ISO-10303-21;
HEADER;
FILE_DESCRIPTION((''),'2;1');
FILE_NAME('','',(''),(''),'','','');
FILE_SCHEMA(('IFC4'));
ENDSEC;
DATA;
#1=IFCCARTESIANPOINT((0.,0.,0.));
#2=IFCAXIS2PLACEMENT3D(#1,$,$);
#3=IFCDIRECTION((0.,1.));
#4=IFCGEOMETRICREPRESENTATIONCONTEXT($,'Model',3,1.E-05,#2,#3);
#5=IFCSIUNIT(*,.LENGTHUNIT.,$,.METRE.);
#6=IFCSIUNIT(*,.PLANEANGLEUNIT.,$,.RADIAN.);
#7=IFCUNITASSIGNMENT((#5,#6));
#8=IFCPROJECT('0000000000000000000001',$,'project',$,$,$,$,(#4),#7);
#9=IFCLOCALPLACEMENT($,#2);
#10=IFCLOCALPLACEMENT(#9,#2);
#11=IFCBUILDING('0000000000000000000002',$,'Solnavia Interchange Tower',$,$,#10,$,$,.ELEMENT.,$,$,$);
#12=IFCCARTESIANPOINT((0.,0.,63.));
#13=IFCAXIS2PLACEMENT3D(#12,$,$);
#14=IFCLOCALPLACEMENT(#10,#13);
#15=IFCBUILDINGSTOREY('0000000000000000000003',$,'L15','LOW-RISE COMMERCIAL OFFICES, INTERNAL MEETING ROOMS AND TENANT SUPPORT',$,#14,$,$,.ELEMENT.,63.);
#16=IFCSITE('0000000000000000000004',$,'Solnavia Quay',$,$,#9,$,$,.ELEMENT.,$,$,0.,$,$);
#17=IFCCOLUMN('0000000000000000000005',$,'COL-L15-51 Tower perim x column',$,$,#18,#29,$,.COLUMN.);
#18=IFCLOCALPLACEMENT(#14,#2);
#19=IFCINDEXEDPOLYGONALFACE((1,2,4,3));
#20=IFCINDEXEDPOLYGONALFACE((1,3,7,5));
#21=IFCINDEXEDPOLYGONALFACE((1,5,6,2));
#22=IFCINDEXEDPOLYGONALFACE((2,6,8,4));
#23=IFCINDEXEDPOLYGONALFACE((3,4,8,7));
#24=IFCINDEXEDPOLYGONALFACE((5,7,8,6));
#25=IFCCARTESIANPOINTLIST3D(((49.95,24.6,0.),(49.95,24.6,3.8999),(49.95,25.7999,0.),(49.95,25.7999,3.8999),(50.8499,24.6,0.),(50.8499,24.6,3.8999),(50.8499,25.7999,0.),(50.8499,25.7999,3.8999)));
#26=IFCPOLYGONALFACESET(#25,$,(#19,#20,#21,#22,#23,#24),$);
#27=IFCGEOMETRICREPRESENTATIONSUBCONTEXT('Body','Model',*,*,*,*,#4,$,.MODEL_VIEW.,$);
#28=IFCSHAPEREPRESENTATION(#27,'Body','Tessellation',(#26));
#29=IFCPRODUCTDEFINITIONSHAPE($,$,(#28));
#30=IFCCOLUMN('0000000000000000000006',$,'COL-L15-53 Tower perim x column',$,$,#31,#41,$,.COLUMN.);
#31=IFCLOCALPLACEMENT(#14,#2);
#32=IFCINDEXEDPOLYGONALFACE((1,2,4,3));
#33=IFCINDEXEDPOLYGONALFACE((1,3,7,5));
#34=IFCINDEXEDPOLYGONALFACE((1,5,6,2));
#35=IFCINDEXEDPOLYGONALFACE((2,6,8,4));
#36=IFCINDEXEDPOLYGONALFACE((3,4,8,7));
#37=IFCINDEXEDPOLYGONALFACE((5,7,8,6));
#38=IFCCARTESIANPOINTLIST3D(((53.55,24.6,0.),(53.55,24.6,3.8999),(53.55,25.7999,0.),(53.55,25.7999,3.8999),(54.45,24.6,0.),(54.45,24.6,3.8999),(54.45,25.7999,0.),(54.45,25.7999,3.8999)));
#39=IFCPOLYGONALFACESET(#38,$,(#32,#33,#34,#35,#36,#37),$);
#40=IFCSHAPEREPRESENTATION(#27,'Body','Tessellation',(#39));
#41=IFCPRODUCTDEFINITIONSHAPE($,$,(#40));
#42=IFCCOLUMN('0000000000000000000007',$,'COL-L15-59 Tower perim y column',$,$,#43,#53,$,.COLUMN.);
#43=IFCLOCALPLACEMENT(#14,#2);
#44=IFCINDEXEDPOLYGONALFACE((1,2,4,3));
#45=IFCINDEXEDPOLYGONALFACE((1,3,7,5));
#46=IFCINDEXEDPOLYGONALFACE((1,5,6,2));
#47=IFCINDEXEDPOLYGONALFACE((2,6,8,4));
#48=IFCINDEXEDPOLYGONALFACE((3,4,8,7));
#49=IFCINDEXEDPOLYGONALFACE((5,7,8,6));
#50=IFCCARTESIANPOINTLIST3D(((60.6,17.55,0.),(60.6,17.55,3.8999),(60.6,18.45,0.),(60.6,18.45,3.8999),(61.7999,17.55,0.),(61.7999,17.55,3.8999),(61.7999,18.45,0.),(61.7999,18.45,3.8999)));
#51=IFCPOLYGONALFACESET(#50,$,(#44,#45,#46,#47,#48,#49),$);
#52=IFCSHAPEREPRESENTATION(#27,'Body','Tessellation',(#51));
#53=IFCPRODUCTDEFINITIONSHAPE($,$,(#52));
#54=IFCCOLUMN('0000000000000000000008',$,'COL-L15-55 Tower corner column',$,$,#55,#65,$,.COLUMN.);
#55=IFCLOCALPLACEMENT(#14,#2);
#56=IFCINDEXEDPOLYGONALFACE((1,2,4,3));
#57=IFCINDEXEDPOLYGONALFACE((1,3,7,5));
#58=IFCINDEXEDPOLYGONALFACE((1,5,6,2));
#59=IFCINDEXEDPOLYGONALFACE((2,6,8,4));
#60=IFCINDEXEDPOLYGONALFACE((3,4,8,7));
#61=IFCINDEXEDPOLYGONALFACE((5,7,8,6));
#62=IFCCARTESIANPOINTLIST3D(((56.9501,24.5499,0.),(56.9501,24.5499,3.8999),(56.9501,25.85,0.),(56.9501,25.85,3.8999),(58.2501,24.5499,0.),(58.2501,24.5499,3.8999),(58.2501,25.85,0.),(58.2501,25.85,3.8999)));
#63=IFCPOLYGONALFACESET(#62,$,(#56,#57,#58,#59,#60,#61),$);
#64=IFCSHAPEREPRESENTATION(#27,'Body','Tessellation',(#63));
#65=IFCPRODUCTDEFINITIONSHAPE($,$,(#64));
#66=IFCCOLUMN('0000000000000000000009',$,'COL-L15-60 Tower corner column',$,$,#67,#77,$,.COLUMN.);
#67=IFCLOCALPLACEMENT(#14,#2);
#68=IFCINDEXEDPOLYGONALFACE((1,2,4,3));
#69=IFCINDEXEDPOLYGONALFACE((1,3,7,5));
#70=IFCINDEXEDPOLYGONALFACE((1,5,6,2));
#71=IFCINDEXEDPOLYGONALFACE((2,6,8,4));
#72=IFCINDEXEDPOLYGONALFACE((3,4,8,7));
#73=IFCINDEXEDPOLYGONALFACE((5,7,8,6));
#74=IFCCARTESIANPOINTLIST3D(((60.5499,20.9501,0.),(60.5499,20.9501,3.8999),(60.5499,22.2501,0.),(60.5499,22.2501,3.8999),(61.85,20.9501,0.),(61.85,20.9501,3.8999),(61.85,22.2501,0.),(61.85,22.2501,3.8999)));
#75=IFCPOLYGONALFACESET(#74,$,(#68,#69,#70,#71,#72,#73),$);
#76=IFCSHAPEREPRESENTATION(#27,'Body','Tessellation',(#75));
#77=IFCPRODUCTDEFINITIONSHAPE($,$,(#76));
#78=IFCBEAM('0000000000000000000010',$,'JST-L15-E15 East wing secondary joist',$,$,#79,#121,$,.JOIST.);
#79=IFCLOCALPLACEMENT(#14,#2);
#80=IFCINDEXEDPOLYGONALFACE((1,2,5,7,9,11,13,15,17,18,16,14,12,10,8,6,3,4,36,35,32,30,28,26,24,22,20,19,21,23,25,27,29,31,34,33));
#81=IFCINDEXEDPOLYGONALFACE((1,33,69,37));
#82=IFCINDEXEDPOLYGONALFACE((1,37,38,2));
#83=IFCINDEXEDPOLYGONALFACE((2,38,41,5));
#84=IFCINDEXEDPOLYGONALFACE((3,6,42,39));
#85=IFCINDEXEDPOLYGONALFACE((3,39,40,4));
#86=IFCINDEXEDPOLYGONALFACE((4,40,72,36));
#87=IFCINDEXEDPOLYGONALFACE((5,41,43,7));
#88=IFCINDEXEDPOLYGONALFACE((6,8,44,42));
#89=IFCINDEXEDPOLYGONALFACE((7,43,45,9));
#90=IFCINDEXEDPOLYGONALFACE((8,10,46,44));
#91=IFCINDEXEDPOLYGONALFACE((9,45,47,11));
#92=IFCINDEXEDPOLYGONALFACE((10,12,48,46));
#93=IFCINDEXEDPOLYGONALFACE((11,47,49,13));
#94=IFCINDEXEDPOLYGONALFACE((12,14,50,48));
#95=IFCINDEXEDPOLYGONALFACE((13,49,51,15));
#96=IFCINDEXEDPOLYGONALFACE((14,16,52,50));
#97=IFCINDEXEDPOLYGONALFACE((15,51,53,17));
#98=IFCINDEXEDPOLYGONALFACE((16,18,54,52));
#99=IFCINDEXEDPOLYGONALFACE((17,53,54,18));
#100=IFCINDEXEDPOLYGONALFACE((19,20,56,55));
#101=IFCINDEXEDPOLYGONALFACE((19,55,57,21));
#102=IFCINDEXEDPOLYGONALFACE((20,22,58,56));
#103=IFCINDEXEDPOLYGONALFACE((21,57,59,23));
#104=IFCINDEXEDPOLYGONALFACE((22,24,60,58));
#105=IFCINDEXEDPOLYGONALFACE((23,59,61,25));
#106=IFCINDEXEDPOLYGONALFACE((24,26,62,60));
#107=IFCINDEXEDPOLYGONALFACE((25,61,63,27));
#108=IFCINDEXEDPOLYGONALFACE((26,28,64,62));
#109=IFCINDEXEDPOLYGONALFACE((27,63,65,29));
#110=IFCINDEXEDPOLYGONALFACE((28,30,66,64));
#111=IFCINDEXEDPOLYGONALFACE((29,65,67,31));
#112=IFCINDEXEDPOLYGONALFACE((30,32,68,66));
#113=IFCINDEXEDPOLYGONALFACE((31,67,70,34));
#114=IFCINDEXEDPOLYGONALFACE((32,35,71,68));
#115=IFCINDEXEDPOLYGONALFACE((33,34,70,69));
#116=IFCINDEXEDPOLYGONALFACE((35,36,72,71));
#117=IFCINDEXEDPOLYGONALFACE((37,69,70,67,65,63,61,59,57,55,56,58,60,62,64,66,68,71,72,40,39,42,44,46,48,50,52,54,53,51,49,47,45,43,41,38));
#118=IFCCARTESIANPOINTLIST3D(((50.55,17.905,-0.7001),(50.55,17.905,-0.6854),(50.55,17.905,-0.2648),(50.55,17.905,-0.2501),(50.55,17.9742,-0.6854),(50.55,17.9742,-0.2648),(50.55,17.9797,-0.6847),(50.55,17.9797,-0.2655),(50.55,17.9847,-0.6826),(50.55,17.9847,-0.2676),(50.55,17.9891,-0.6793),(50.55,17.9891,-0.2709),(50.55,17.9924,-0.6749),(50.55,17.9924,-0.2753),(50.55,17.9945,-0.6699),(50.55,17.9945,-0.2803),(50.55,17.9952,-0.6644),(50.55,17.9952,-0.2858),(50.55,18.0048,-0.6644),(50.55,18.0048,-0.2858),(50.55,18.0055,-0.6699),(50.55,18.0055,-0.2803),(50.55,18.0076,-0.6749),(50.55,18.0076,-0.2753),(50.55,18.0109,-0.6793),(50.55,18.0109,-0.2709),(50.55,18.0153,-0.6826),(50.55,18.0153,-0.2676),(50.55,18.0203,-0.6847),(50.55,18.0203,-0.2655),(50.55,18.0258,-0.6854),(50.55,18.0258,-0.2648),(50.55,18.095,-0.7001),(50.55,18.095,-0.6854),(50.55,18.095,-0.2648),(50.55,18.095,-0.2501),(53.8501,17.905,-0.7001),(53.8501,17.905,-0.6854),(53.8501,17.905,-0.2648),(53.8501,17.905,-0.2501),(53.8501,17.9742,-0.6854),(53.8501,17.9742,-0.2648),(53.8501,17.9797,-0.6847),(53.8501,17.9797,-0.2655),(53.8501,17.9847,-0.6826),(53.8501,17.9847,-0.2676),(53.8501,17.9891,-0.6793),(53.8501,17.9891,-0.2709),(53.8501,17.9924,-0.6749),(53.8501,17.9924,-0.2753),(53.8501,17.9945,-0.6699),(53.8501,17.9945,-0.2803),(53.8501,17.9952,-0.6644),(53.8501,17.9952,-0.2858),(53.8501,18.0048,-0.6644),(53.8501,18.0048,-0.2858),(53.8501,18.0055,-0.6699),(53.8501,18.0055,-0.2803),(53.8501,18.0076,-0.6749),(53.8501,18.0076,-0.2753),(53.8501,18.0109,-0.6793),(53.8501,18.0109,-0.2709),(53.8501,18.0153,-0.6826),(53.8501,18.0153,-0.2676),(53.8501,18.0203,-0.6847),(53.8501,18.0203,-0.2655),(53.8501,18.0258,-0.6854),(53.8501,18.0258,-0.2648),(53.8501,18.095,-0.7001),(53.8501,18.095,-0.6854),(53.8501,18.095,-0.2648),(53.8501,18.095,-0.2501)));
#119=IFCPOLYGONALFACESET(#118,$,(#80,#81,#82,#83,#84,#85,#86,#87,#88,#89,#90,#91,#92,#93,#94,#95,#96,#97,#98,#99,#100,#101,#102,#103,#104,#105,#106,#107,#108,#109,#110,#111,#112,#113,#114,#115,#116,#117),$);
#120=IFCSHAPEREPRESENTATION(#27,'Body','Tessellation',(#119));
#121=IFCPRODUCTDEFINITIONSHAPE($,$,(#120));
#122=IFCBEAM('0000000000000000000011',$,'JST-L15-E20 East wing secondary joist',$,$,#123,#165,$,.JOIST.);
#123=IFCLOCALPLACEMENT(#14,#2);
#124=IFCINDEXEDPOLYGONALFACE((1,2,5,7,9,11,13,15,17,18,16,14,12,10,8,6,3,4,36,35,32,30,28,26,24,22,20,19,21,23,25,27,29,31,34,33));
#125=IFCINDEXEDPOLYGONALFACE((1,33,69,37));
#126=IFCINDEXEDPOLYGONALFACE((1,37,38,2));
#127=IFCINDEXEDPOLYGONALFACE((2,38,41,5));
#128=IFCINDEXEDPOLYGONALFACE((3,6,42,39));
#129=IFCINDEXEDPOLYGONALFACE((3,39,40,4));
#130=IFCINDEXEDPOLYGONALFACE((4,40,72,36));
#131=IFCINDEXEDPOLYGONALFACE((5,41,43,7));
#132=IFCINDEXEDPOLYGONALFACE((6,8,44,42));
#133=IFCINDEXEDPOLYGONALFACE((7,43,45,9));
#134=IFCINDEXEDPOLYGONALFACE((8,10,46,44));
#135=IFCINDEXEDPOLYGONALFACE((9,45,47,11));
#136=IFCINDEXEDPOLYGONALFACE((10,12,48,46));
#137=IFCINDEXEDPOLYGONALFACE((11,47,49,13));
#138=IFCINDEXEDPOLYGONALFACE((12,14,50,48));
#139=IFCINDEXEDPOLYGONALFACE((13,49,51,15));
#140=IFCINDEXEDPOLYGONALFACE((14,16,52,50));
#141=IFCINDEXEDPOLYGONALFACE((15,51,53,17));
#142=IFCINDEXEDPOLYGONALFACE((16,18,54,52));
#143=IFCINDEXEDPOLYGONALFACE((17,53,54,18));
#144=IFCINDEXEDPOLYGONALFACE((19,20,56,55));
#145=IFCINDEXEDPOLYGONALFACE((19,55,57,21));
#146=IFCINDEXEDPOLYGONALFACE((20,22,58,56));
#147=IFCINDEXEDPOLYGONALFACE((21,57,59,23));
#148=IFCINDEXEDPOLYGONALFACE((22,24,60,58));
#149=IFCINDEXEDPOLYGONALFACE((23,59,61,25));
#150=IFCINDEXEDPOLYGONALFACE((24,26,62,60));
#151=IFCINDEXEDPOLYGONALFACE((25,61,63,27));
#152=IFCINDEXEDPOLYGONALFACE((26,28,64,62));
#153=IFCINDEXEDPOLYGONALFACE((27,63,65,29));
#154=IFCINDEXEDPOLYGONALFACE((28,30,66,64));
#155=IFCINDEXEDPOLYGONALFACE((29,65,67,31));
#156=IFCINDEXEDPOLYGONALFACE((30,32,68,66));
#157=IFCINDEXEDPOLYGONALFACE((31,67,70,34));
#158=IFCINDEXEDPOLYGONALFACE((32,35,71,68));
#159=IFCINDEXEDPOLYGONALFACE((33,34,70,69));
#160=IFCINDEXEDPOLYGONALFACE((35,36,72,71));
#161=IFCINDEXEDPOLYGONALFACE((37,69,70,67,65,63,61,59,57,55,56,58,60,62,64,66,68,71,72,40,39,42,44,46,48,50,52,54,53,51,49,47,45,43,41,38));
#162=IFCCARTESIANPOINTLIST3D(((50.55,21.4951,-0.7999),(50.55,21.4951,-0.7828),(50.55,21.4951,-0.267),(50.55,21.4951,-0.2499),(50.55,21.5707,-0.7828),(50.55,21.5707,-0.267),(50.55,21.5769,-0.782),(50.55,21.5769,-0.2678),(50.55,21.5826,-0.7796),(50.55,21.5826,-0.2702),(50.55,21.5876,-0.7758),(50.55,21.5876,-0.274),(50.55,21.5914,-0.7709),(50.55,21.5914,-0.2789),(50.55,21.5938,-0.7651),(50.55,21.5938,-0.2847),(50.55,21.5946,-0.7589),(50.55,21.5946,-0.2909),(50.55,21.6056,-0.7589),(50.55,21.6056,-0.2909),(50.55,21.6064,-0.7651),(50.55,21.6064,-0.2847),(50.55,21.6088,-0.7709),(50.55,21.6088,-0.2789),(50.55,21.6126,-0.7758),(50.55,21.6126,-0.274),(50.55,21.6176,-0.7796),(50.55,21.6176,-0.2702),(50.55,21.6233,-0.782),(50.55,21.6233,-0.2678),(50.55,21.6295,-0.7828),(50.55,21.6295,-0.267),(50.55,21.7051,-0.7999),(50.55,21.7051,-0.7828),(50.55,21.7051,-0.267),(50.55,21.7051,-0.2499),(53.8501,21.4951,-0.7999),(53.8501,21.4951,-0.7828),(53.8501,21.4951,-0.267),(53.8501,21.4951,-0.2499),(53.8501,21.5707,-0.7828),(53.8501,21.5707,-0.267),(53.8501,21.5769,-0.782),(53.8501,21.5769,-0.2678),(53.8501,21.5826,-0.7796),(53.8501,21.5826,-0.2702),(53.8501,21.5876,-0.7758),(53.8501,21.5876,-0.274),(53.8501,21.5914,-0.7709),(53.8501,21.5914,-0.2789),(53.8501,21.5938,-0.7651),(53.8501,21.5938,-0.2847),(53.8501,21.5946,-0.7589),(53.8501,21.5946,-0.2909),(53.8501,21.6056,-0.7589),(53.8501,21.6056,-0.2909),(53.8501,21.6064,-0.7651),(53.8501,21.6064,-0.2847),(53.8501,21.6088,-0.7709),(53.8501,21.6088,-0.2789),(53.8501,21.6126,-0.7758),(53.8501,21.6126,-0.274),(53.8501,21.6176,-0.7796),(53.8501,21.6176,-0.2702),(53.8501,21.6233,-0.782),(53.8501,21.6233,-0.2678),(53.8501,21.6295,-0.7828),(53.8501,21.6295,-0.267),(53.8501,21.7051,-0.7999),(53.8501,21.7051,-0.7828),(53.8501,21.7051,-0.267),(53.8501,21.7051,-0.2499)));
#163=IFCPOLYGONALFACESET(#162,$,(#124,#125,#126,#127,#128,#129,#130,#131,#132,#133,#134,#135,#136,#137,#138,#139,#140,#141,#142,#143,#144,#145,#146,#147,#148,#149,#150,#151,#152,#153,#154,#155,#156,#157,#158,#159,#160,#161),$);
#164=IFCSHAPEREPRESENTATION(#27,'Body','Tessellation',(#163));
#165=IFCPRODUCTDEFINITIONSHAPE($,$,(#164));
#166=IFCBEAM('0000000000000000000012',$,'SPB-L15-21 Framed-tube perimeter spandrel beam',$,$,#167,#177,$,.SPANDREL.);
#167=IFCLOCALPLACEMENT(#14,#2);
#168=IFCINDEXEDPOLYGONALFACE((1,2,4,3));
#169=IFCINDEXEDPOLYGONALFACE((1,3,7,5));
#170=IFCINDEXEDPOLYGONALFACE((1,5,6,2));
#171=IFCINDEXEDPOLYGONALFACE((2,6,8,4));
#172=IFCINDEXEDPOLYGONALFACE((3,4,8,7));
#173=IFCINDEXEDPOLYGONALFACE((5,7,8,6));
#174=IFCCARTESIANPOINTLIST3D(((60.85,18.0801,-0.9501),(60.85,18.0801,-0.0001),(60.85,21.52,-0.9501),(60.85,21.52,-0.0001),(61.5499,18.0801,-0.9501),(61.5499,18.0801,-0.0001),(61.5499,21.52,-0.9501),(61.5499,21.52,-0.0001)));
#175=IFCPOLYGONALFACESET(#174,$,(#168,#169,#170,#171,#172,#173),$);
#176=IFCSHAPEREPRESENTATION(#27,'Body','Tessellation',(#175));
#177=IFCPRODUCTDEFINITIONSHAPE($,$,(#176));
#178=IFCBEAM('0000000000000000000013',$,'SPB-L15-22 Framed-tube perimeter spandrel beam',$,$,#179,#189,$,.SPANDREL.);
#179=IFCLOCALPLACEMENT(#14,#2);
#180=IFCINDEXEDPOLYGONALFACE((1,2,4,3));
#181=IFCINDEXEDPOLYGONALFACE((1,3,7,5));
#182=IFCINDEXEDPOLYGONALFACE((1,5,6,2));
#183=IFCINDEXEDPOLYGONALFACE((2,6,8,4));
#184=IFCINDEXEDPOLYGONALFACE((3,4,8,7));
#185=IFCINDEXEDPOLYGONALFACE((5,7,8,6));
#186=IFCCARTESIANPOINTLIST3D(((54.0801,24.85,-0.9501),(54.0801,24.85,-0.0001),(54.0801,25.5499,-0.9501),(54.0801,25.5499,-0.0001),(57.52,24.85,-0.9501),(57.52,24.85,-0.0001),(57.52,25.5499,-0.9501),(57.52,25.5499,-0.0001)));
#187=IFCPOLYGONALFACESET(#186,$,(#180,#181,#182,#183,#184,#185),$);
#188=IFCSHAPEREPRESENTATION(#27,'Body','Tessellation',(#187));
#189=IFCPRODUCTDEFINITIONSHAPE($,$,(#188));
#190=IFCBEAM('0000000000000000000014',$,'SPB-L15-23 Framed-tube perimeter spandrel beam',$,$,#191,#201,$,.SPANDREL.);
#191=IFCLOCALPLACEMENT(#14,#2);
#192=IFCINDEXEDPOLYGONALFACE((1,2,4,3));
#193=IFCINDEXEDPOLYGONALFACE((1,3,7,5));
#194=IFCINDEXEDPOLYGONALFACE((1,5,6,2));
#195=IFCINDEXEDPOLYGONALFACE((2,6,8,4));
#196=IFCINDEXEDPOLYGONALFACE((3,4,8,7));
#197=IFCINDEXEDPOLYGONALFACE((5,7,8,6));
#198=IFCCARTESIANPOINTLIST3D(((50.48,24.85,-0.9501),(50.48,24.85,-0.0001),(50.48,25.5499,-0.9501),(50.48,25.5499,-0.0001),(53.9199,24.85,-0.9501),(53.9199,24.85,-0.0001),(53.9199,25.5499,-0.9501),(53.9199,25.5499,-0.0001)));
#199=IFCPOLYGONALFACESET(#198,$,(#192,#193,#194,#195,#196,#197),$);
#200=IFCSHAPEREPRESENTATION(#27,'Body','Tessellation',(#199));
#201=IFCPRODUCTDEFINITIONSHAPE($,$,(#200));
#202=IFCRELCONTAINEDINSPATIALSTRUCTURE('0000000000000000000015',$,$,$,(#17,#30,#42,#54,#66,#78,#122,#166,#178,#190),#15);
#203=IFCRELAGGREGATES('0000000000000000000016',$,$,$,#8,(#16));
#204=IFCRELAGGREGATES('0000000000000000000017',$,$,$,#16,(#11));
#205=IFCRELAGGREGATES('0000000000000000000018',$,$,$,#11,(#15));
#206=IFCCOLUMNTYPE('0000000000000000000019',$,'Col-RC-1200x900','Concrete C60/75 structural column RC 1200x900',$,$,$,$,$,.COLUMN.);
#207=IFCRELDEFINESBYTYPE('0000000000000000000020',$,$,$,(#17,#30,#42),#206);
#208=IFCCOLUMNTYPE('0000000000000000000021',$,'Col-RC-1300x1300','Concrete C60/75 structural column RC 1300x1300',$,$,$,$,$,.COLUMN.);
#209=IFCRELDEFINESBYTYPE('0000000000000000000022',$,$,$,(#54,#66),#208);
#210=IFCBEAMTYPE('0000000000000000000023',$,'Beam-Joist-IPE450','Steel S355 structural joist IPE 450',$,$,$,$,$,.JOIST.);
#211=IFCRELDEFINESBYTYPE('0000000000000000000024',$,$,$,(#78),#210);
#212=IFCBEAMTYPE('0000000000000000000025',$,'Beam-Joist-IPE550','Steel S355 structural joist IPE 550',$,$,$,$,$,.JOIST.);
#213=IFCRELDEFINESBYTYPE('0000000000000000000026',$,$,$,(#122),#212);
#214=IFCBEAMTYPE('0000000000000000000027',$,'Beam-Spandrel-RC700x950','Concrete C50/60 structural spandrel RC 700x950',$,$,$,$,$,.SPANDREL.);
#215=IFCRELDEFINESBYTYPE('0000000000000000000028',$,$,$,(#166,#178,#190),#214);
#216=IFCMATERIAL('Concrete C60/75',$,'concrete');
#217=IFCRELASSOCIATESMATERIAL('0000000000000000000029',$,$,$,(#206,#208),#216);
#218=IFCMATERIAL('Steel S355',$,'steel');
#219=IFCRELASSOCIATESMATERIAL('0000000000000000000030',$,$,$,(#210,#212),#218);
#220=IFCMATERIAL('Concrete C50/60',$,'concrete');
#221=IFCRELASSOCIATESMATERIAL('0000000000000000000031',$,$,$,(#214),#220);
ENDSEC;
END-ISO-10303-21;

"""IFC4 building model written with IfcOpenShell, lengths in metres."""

from ifc_helpers import new_model, si_unit, direction, frame, origin, origin_2d, place, context, subcontext, project, spatial, rectangle, i_section, extrude, material, material_profile, profile_set, type_object, element, save


model = new_model("IFC4")

# Units and contexts
model_context = context("Model", 3, precision=1e-05, world=origin(), true_north=direction((0.0, 1.0)))
body_context = subcontext(model_context, "Body", "Model", "MODEL_VIEW")
ifc_project = project(units=[si_unit("LENGTHUNIT", "METRE"), si_unit("PLANEANGLEUNIT", "RADIAN")], contexts=[model_context])

# Site, building, storey
site_placement = place(None, origin())
site = spatial("IfcSite", under=ifc_project, at=site_placement, Name="Solnavia Quay", CompositionType="ELEMENT", RefElevation=0.0)
building_placement = place(site_placement, origin())
building = spatial("IfcBuilding", under=site, at=building_placement, Name="Solnavia Interchange Tower", CompositionType="ELEMENT")
storey_placement = place(building_placement, frame((0.0, 0.0, 63.0)))
storey = spatial("IfcBuildingStorey", under=building, at=storey_placement, Name="L15", Description="LOW-RISE COMMERCIAL OFFICES, INTERNAL MEETING ROOMS AND TENANT SUPPORT", CompositionType="ELEMENT", Elevation=63.0)

# Columns
ifc_material_1 = material(Name="Concrete C60/75", Category="concrete")
ifc_material_profile_1 = material_profile(ifc_material_1, rectangle(XDim=0.8999, YDim=1.2, at=origin_2d()), Name="RC 1200x900")
ifc_profile_set_1 = profile_set([ifc_material_profile_1], Name="Concrete C60/75")
column_type_1 = type_object("IfcColumnType", Name="Col-RC-1200x900", Description="Concrete C60/75 structural column RC 1200x900", PredefinedType="COLUMN", material=ifc_profile_set_1)
for number, where, z_axis, x_axis, name in (
    (1, (50.3999, 25.2, 0.0), (0.0, 0.0, 1.0), (1.0, 0.0, 0.0), "COL-L15-51 Tower perim x column"),
    (2, (54.0, 25.2, 0.0), (0.0, 0.0, 1.0), (1.0, 0.0, 0.0), "COL-L15-53 Tower perim x column"),
    (3, (61.2, 18.0, 0.0), (0.0, 0.0, 1.0), (0.0, 1.0, 0.0), "COL-L15-59 Tower perim y column"),
):
    element("IfcColumn", number, at=place(storey_placement, frame(where, z_axis=z_axis, x_axis=x_axis)), inside=storey, type_object=column_type_1, Name=name, PredefinedType="COLUMN", context=body_context, shape_type="SweptSolid", body=[
        extrude(rectangle(XDim=0.8999, YDim=1.2, at=origin_2d()), origin(), (0.0, 0.0, 1.0), 3.8999),
    ])
ifc_material_profile_2 = material_profile(ifc_material_1, rectangle(XDim=1.3, YDim=1.3, at=origin_2d()), Name="RC 1300x1300")
ifc_profile_set_2 = profile_set([ifc_material_profile_2], Name="Concrete C60/75")
column_type_2 = type_object("IfcColumnType", Name="Col-RC-1300x1300", Description="Concrete C60/75 structural column RC 1300x1300", PredefinedType="COLUMN", material=ifc_profile_set_2)
for number, where, z_axis, x_axis, name in (
    (4, (57.6001, 25.2, 0.0), (0.0, 0.0, 1.0), (1.0, 0.0, 0.0), "COL-L15-55 Tower corner column"),
    (5, (61.2, 21.6001, 0.0), (0.0, 0.0, 1.0), (0.0, 1.0, 0.0), "COL-L15-60 Tower corner column"),
):
    element("IfcColumn", number, at=place(storey_placement, frame(where, z_axis=z_axis, x_axis=x_axis)), inside=storey, type_object=column_type_2, Name=name, PredefinedType="COLUMN", context=body_context, shape_type="SweptSolid", body=[
        extrude(rectangle(XDim=1.3, YDim=1.3, at=origin_2d()), origin(), (0.0, 0.0, 1.0), 3.8999),
    ])

# Beams
ifc_material_2 = material(Name="Steel S355", Category="steel")
ifc_material_profile_3 = material_profile(ifc_material_2, i_section(OverallWidth=0.1899, OverallDepth=0.45, WebThickness=0.0095, FlangeThickness=0.0146, FilletRadius=0.021, at=origin_2d()), Name="IPE 450")
ifc_profile_set_3 = profile_set([ifc_material_profile_3], Name="Steel S355")
beam_type_1 = type_object("IfcBeamType", Name="Beam-Joist-IPE450", Description="Steel S355 structural joist IPE 450", PredefinedType="JOIST", material=ifc_profile_set_3)
beam_1_placement = place(storey_placement, frame((50.55, 18.0, -0.4751), z_axis=(1.0, 0.0, 0.0), x_axis=(0.0, 1.0, 0.0)))
element("IfcBeam", 6, at=beam_1_placement, inside=storey, type_object=beam_type_1, Name="JST-L15-E15 East wing secondary joist", PredefinedType="JOIST", context=body_context, shape_type="SweptSolid", body=[
    extrude(i_section(OverallWidth=0.1899, OverallDepth=0.45, WebThickness=0.0095, FlangeThickness=0.0146, FilletRadius=0.021, at=origin_2d()), origin(), (0.0, 0.0, 1.0), 3.3),
])
ifc_material_profile_4 = material_profile(ifc_material_2, i_section(OverallWidth=0.21, OverallDepth=0.55, WebThickness=0.011, FlangeThickness=0.0171, FilletRadius=0.0239, at=origin_2d()), Name="IPE 550")
ifc_profile_set_4 = profile_set([ifc_material_profile_4], Name="Steel S355")
beam_type_2 = type_object("IfcBeamType", Name="Beam-Joist-IPE550", Description="Steel S355 structural joist IPE 550", PredefinedType="JOIST", material=ifc_profile_set_4)
beam_2_placement = place(storey_placement, frame((50.55, 21.6001, -0.5249), z_axis=(1.0, 0.0, 0.0), x_axis=(0.0, 1.0, 0.0)))
element("IfcBeam", 7, at=beam_2_placement, inside=storey, type_object=beam_type_2, Name="JST-L15-E20 East wing secondary joist", PredefinedType="JOIST", context=body_context, shape_type="SweptSolid", body=[
    extrude(i_section(OverallWidth=0.21, OverallDepth=0.55, WebThickness=0.011, FlangeThickness=0.0171, FilletRadius=0.0239, at=origin_2d()), origin(), (0.0, 0.0, 1.0), 3.3),
])
ifc_material_3 = material(Name="Concrete C50/60", Category="concrete")
ifc_material_profile_5 = material_profile(ifc_material_3, rectangle(XDim=0.7, YDim=0.95, at=origin_2d()), Name="RC 700x950")
ifc_profile_set_5 = profile_set([ifc_material_profile_5], Name="Concrete C50/60")
beam_type_3 = type_object("IfcBeamType", Name="Beam-Spandrel-RC700x950", Description="Concrete C50/60 structural spandrel RC 700x950", PredefinedType="SPANDREL", material=ifc_profile_set_5)
for number, where, z_axis, x_axis, name in (
    (8, (61.2, 18.0801, -0.4751), (0.0, 1.0, 0.0), (-1.0, 0.0, 0.0), "SPB-L15-21 Framed-tube perimeter spandrel beam"),
    (9, (57.52, 25.2, -0.4751), (-1.0, 0.0, 0.0), (0.0, -1.0, 0.0), "SPB-L15-22 Framed-tube perimeter spandrel beam"),
    (10, (53.9199, 25.2, -0.4751), (-1.0, 0.0, 0.0), (0.0, -1.0, 0.0), "SPB-L15-23 Framed-tube perimeter spandrel beam"),
):
    element("IfcBeam", number, at=place(storey_placement, frame(where, z_axis=z_axis, x_axis=x_axis)), inside=storey, type_object=beam_type_3, Name=name, PredefinedType="SPANDREL", context=body_context, shape_type="SweptSolid", body=[
        extrude(rectangle(XDim=0.7, YDim=0.95, at=origin_2d()), origin(), (0.0, 0.0, 1.0), 3.4399),
    ])

save(model, "model.ifc")
